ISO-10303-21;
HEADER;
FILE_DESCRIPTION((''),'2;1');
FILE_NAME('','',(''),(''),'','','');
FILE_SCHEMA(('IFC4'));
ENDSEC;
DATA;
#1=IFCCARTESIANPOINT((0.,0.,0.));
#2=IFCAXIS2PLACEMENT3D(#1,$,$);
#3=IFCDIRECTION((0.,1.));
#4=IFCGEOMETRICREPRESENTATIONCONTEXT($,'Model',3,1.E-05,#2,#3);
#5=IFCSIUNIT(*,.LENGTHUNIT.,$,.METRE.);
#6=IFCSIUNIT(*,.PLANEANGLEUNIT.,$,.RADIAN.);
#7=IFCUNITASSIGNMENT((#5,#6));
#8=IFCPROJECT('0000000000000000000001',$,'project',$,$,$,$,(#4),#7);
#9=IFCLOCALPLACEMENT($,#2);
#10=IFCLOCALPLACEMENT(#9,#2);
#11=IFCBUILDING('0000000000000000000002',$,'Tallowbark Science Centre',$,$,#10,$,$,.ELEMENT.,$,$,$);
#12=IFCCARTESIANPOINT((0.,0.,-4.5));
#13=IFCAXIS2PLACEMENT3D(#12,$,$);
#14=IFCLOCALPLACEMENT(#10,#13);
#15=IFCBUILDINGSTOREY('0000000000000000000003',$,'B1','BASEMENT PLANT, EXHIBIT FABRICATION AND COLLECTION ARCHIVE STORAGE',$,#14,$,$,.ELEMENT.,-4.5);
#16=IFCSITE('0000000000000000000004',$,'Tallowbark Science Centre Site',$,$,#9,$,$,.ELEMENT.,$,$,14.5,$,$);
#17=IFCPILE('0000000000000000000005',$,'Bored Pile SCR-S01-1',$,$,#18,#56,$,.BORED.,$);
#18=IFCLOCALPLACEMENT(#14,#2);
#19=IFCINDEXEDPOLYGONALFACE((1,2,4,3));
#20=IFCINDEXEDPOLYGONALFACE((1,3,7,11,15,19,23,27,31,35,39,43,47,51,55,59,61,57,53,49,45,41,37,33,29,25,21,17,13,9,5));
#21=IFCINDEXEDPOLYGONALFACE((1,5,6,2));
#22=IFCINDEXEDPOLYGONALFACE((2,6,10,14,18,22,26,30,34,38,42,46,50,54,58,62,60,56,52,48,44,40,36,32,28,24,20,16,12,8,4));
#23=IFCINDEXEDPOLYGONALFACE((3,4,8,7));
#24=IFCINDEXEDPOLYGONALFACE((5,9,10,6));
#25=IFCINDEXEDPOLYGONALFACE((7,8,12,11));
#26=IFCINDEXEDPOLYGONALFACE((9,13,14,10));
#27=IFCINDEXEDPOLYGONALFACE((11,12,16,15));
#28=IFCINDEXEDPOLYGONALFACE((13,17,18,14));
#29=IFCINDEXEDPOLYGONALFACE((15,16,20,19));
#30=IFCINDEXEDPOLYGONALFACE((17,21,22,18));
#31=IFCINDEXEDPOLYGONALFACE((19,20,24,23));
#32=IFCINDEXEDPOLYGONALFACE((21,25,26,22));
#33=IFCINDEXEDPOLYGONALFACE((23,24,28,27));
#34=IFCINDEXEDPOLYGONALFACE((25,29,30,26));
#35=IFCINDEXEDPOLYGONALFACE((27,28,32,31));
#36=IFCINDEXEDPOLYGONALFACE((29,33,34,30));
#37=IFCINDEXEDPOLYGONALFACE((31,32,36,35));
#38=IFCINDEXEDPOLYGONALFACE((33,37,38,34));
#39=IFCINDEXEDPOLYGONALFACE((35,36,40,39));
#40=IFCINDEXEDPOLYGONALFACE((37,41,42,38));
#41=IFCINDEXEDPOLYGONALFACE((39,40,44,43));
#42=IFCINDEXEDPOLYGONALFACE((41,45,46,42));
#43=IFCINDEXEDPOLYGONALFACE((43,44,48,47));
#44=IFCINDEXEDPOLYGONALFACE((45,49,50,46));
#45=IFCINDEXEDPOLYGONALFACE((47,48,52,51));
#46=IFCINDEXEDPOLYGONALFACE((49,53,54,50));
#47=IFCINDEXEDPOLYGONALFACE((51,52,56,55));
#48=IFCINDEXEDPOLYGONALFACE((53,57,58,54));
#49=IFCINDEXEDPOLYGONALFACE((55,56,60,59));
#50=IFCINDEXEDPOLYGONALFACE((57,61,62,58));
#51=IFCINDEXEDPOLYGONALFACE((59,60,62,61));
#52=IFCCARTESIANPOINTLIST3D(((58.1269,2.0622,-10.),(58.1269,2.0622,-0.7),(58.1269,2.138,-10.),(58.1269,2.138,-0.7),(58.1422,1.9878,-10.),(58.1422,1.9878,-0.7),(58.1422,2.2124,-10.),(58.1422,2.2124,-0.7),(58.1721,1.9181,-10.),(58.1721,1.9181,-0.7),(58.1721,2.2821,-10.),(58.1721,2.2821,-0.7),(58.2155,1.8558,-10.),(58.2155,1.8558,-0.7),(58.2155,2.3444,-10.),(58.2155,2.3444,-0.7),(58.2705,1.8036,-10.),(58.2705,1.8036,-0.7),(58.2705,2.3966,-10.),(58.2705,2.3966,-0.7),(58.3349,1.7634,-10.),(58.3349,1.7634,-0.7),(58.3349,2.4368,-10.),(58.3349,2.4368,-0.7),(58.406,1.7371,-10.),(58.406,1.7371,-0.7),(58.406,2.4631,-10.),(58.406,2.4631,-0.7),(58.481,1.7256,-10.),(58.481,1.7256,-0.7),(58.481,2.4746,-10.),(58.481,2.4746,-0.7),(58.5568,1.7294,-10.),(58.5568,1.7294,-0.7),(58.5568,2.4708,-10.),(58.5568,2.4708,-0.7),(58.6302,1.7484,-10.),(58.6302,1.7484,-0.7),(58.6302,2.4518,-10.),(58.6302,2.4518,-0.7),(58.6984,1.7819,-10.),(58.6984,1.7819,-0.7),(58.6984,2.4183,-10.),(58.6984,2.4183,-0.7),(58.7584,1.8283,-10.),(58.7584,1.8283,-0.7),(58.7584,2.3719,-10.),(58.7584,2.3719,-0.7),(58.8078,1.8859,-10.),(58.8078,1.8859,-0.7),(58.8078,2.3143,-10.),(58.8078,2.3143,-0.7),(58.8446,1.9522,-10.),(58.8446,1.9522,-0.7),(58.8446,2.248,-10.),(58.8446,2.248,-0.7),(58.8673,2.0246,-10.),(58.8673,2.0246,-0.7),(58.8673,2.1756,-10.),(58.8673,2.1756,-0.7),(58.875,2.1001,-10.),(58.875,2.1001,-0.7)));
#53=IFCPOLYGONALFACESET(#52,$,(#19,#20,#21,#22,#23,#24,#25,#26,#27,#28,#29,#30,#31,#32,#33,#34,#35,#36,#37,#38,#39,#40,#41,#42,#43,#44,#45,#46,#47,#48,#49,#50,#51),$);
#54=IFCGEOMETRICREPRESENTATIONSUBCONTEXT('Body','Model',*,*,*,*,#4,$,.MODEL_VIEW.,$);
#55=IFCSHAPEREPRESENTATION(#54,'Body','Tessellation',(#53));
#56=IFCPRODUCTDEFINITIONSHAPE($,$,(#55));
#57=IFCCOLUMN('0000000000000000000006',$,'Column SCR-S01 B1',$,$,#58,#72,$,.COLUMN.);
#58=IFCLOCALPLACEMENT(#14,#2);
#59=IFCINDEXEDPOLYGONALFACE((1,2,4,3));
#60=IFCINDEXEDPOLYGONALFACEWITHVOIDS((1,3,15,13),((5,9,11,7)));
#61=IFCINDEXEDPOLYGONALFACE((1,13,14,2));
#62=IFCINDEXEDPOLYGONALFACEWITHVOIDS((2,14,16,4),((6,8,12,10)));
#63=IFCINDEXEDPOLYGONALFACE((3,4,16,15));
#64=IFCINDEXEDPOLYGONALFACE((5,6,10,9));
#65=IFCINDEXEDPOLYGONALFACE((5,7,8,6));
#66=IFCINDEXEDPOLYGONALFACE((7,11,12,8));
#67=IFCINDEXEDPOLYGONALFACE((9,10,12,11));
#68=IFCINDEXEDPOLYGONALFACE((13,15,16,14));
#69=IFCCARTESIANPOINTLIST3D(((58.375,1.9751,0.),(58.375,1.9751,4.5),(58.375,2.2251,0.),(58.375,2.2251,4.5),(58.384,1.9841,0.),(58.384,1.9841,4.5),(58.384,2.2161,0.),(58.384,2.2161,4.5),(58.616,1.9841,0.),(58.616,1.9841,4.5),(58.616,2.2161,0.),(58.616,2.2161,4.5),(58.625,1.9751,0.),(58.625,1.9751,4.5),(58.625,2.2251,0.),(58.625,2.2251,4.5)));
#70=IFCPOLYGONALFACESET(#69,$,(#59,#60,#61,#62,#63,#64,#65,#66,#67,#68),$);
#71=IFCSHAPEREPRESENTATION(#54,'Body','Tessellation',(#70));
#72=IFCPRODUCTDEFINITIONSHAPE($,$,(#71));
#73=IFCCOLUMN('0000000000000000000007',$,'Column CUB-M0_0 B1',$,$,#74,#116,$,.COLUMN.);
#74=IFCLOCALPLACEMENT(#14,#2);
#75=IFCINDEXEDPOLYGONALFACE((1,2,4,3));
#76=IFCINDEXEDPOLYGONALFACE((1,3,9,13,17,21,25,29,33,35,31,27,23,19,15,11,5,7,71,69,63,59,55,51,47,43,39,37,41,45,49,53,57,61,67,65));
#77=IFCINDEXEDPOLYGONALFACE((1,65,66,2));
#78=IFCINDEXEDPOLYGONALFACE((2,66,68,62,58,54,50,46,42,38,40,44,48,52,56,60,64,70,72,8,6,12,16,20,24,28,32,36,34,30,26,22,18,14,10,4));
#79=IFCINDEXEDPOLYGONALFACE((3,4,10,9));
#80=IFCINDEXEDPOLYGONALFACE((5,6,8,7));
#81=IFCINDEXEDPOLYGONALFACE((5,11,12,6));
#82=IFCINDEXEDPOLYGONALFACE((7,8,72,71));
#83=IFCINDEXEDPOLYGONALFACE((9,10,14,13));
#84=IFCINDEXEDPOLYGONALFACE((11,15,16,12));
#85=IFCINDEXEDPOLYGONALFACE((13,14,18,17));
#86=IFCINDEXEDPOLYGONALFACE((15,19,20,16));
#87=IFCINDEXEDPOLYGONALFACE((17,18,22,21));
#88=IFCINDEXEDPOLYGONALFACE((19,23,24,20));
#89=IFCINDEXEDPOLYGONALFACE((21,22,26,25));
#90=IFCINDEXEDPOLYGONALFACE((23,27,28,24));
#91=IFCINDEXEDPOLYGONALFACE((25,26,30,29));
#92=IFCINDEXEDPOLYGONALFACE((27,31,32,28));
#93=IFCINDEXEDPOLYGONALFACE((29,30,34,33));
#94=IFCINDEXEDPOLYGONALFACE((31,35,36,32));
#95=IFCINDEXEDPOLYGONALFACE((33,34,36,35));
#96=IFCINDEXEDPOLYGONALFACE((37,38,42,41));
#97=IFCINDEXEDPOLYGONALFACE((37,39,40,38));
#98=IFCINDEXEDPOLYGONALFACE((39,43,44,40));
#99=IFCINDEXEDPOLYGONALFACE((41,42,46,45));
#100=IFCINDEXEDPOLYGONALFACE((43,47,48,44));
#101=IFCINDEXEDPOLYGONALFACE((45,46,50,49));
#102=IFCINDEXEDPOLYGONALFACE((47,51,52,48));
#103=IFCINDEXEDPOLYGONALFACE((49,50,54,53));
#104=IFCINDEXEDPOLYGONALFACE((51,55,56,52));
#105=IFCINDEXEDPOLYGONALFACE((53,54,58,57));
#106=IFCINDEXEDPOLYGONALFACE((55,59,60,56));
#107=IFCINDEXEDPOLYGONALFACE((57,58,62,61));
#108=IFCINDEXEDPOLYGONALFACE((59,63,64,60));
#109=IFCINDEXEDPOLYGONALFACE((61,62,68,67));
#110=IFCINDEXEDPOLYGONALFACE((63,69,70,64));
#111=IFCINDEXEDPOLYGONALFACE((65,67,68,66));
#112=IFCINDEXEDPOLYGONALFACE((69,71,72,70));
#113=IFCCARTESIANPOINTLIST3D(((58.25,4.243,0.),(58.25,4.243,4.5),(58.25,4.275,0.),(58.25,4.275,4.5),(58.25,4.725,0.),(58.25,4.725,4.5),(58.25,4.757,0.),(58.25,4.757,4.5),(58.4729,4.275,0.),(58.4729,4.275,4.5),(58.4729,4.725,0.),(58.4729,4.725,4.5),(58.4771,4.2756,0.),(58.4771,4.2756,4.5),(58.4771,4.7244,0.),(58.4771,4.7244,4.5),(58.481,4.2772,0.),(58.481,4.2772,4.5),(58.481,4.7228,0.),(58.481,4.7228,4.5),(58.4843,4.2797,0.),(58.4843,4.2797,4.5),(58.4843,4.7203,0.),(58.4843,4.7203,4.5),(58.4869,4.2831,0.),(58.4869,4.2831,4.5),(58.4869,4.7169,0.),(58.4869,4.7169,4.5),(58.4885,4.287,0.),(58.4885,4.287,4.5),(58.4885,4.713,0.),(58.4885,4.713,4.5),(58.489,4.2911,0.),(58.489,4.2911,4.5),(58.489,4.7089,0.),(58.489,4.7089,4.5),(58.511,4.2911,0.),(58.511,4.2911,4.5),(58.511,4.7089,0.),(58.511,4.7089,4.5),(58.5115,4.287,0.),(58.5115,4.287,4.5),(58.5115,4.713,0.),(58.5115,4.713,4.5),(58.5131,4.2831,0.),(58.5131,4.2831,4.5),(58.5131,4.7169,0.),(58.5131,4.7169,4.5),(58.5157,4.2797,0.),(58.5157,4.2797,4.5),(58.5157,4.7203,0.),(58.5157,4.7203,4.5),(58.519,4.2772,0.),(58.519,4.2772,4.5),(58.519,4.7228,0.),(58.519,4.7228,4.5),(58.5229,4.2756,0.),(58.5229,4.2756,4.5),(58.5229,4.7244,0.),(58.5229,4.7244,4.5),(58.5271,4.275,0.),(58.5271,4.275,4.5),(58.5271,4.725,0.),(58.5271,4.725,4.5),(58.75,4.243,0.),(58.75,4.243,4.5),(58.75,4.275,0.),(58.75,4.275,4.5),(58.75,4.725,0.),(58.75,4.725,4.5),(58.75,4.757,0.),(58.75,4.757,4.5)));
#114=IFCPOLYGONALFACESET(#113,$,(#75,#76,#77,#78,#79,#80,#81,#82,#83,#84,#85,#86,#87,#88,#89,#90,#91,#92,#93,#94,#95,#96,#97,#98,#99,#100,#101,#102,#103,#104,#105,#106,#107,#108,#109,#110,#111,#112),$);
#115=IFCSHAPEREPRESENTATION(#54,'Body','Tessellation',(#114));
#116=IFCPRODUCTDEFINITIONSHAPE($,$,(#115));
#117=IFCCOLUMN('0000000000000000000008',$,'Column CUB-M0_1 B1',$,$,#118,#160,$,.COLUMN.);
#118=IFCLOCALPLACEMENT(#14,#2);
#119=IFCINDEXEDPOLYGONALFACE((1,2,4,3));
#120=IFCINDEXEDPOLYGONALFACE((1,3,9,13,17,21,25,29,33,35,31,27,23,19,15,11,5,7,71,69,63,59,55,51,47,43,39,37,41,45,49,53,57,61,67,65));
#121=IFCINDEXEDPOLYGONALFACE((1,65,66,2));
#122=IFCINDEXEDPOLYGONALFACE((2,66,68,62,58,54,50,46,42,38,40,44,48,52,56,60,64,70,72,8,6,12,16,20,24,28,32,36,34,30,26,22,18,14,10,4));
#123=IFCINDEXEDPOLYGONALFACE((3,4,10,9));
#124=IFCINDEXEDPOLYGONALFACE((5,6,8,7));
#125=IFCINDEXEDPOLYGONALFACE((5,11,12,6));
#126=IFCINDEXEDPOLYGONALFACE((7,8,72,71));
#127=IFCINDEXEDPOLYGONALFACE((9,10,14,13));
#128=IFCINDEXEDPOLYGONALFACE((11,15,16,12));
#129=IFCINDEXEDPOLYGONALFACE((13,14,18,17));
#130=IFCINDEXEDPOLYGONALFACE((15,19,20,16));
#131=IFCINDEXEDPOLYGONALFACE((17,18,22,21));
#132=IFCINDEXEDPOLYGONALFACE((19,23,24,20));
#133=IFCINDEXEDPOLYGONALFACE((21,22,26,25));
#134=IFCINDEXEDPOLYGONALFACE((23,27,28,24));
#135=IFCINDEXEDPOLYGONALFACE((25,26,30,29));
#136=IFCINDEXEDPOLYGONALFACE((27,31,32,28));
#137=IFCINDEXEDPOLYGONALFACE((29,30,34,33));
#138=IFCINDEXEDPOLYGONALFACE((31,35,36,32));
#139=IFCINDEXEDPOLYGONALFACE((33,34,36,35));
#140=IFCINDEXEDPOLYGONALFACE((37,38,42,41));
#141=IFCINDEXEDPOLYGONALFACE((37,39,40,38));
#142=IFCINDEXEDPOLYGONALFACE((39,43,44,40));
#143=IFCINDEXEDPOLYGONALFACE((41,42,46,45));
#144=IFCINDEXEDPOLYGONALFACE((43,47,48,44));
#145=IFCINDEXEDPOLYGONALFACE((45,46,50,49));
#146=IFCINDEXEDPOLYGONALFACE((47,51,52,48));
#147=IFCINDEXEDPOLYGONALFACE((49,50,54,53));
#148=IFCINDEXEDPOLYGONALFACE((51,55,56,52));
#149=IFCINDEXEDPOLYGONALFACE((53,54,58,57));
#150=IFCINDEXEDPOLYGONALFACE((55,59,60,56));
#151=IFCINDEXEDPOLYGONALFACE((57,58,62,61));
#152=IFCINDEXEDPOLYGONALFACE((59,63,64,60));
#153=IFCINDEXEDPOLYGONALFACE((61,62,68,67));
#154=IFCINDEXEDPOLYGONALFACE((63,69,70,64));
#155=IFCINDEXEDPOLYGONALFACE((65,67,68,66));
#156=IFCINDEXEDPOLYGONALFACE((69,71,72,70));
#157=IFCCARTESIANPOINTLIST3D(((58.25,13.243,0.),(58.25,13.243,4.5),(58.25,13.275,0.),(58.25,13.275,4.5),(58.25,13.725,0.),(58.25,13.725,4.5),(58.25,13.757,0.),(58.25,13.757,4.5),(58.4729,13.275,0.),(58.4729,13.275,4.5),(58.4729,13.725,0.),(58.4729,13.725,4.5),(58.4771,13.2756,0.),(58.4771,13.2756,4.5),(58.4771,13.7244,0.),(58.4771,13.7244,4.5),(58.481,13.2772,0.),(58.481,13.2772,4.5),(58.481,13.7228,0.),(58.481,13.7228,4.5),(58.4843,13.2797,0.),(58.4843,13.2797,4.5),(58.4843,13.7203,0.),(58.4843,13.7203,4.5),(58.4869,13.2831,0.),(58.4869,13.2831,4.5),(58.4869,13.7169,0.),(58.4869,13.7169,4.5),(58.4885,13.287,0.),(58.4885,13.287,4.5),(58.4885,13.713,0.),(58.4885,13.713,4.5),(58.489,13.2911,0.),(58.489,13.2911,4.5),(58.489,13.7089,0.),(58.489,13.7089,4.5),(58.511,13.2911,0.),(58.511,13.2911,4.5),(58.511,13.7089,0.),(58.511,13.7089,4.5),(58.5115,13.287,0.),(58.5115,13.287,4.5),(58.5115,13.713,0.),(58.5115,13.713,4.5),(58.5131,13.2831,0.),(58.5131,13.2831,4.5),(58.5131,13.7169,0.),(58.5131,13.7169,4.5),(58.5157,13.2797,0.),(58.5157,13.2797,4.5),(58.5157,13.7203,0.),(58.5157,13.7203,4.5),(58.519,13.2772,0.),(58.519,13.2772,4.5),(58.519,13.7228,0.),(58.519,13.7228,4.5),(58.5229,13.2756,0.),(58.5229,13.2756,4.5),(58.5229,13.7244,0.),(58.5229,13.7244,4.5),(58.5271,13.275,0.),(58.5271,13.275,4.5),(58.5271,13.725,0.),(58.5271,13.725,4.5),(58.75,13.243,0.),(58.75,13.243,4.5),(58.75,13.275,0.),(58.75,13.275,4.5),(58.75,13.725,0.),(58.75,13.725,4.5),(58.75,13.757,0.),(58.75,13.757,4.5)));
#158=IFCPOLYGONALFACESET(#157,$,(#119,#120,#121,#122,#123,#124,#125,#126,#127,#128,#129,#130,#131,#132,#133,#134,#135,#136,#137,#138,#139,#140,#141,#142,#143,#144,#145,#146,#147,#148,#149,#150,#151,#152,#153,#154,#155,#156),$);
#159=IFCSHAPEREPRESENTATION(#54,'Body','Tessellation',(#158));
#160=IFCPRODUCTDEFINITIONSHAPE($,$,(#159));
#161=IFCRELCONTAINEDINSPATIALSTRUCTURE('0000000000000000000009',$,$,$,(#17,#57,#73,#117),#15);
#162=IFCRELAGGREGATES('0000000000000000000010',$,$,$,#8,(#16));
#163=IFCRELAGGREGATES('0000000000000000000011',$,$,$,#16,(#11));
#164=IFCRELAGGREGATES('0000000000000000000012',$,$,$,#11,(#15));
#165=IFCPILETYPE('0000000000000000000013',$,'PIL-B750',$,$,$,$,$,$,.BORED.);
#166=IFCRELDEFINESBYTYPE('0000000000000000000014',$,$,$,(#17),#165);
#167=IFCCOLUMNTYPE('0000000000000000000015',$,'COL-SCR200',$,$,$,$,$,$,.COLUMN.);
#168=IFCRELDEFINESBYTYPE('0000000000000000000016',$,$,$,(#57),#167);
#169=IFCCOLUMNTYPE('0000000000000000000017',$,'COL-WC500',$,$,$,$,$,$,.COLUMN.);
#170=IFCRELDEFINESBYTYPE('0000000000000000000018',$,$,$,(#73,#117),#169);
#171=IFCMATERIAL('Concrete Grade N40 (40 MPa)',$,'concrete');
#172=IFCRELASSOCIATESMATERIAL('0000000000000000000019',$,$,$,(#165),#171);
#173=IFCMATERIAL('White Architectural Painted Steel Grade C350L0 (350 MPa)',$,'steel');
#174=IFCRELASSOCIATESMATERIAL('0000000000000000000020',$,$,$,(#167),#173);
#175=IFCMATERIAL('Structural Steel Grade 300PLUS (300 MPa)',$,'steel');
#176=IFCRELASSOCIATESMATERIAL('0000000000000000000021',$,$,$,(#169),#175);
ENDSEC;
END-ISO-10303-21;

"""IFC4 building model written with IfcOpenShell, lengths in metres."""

from ifc_helpers import new_model, si_unit, direction, frame, origin, origin_2d, place, context, subcontext, project, spatial, hollow_rectangle, circle, i_section, extrude, material, material_profile, profile_set, type_object, element, save


model = new_model("IFC4")

# Units and contexts
model_context = context("Model", 3, precision=1e-05, world=origin(), true_north=direction((0.0, 1.0)))
body_context = subcontext(model_context, "Body", "Model", "MODEL_VIEW")
ifc_project = project(units=[si_unit("LENGTHUNIT", "METRE"), si_unit("PLANEANGLEUNIT", "RADIAN")], contexts=[model_context])

# Site, building, storey
site_placement = place(None, origin())
site = spatial("IfcSite", under=ifc_project, at=site_placement, Name="Tallowbark Science Centre Site", CompositionType="ELEMENT", RefElevation=14.5)
building_placement = place(site_placement, origin())
building = spatial("IfcBuilding", under=site, at=building_placement, Name="Tallowbark Science Centre", CompositionType="ELEMENT")
storey_placement = place(building_placement, frame((0.0, 0.0, -4.5)))
storey = spatial("IfcBuildingStorey", under=building, at=storey_placement, Name="B1", Description="BASEMENT PLANT, EXHIBIT FABRICATION AND COLLECTION ARCHIVE STORAGE", CompositionType="ELEMENT", Elevation=-4.5)

# Shared definitions
ifc_material_1 = material(Name="Concrete Grade N40 (40 MPa)", Category="concrete")

# Pile
ifc_material_profile_1 = material_profile(ifc_material_1, circle(Radius=0.375, at=origin_2d()), Name="PILE750")
ifc_profile_set_1 = profile_set([ifc_material_profile_1], Name="Concrete Grade N40 (40 MPa)")
pile_type = type_object("IfcPileType", Name="PIL-B750", PredefinedType="BORED", material=ifc_profile_set_1)
pile_placement = place(storey_placement, frame((58.5, 2.1001, -0.7), z_axis=(0.0, 0.0, -1.0), x_axis=(1.0, 0.0, 0.0)))
element("IfcPile", 1, at=pile_placement, inside=storey, type_object=pile_type, Name="Bored Pile SCR-S01-1", PredefinedType="BORED", context=body_context, shape_type="SweptSolid", body=[
    extrude(circle(Radius=0.375, at=origin_2d()), origin(), (0.0, 0.0, 1.0), 9.3),
])

# Columns
ifc_material_2 = material(Name="White Architectural Painted Steel Grade C350L0 (350 MPa)", Category="steel")
ifc_material_profile_2 = material_profile(ifc_material_2, hollow_rectangle(XDim=0.25, YDim=0.25, WallThickness=0.009, at=origin_2d()), Name="250x250x9.0SHS")
ifc_profile_set_2 = profile_set([ifc_material_profile_2], Name="White Architectural Painted Steel Grade C350L0 (350 MPa)")
column_type_1 = type_object("IfcColumnType", Name="COL-SCR200", PredefinedType="COLUMN", material=ifc_profile_set_2)
column_placement = place(storey_placement, frame((58.5, 2.1001, 0.0), z_axis=(0.0, 0.0, 1.0), x_axis=(1.0, 0.0, 0.0)))
element("IfcColumn", 2, at=column_placement, inside=storey, type_object=column_type_1, Name="Column SCR-S01 B1", PredefinedType="COLUMN", context=body_context, shape_type="SweptSolid", body=[
    extrude(hollow_rectangle(XDim=0.25, YDim=0.25, WallThickness=0.009, at=origin_2d()), origin(), (0.0, 0.0, 1.0), 4.5),
])
ifc_material_3 = material(Name="Structural Steel Grade 300PLUS (300 MPa)", Category="steel")
ifc_material_profile_3 = material_profile(ifc_material_3, i_section(OverallWidth=0.5, OverallDepth=0.5139, WebThickness=0.022, FlangeThickness=0.032, FilletRadius=0.0161, at=origin_2d()), Name="500WC340")
ifc_profile_set_3 = profile_set([ifc_material_profile_3], Name="Structural Steel Grade 300PLUS (300 MPa)")
column_type_2 = type_object("IfcColumnType", Name="COL-WC500", PredefinedType="COLUMN", material=ifc_profile_set_3)
for number, where, z_axis, x_axis, name in (
    (3, (58.5, 4.5, 0.0), (0.0, 0.0, 1.0), (1.0, 0.0, 0.0), "Column CUB-M0_0 B1"),
    (4, (58.5, 13.5, 0.0), (0.0, 0.0, 1.0), (1.0, 0.0, 0.0), "Column CUB-M0_1 B1"),
):
    element("IfcColumn", number, at=place(storey_placement, frame(where, z_axis=z_axis, x_axis=x_axis)), inside=storey, type_object=column_type_2, Name=name, PredefinedType="COLUMN", context=body_context, shape_type="SweptSolid", body=[
        extrude(i_section(OverallWidth=0.5, OverallDepth=0.5139, WebThickness=0.022, FlangeThickness=0.032, FilletRadius=0.0161, at=origin_2d()), origin(), (0.0, 0.0, 1.0), 4.5),
    ])

save(model, "model.ifc")
